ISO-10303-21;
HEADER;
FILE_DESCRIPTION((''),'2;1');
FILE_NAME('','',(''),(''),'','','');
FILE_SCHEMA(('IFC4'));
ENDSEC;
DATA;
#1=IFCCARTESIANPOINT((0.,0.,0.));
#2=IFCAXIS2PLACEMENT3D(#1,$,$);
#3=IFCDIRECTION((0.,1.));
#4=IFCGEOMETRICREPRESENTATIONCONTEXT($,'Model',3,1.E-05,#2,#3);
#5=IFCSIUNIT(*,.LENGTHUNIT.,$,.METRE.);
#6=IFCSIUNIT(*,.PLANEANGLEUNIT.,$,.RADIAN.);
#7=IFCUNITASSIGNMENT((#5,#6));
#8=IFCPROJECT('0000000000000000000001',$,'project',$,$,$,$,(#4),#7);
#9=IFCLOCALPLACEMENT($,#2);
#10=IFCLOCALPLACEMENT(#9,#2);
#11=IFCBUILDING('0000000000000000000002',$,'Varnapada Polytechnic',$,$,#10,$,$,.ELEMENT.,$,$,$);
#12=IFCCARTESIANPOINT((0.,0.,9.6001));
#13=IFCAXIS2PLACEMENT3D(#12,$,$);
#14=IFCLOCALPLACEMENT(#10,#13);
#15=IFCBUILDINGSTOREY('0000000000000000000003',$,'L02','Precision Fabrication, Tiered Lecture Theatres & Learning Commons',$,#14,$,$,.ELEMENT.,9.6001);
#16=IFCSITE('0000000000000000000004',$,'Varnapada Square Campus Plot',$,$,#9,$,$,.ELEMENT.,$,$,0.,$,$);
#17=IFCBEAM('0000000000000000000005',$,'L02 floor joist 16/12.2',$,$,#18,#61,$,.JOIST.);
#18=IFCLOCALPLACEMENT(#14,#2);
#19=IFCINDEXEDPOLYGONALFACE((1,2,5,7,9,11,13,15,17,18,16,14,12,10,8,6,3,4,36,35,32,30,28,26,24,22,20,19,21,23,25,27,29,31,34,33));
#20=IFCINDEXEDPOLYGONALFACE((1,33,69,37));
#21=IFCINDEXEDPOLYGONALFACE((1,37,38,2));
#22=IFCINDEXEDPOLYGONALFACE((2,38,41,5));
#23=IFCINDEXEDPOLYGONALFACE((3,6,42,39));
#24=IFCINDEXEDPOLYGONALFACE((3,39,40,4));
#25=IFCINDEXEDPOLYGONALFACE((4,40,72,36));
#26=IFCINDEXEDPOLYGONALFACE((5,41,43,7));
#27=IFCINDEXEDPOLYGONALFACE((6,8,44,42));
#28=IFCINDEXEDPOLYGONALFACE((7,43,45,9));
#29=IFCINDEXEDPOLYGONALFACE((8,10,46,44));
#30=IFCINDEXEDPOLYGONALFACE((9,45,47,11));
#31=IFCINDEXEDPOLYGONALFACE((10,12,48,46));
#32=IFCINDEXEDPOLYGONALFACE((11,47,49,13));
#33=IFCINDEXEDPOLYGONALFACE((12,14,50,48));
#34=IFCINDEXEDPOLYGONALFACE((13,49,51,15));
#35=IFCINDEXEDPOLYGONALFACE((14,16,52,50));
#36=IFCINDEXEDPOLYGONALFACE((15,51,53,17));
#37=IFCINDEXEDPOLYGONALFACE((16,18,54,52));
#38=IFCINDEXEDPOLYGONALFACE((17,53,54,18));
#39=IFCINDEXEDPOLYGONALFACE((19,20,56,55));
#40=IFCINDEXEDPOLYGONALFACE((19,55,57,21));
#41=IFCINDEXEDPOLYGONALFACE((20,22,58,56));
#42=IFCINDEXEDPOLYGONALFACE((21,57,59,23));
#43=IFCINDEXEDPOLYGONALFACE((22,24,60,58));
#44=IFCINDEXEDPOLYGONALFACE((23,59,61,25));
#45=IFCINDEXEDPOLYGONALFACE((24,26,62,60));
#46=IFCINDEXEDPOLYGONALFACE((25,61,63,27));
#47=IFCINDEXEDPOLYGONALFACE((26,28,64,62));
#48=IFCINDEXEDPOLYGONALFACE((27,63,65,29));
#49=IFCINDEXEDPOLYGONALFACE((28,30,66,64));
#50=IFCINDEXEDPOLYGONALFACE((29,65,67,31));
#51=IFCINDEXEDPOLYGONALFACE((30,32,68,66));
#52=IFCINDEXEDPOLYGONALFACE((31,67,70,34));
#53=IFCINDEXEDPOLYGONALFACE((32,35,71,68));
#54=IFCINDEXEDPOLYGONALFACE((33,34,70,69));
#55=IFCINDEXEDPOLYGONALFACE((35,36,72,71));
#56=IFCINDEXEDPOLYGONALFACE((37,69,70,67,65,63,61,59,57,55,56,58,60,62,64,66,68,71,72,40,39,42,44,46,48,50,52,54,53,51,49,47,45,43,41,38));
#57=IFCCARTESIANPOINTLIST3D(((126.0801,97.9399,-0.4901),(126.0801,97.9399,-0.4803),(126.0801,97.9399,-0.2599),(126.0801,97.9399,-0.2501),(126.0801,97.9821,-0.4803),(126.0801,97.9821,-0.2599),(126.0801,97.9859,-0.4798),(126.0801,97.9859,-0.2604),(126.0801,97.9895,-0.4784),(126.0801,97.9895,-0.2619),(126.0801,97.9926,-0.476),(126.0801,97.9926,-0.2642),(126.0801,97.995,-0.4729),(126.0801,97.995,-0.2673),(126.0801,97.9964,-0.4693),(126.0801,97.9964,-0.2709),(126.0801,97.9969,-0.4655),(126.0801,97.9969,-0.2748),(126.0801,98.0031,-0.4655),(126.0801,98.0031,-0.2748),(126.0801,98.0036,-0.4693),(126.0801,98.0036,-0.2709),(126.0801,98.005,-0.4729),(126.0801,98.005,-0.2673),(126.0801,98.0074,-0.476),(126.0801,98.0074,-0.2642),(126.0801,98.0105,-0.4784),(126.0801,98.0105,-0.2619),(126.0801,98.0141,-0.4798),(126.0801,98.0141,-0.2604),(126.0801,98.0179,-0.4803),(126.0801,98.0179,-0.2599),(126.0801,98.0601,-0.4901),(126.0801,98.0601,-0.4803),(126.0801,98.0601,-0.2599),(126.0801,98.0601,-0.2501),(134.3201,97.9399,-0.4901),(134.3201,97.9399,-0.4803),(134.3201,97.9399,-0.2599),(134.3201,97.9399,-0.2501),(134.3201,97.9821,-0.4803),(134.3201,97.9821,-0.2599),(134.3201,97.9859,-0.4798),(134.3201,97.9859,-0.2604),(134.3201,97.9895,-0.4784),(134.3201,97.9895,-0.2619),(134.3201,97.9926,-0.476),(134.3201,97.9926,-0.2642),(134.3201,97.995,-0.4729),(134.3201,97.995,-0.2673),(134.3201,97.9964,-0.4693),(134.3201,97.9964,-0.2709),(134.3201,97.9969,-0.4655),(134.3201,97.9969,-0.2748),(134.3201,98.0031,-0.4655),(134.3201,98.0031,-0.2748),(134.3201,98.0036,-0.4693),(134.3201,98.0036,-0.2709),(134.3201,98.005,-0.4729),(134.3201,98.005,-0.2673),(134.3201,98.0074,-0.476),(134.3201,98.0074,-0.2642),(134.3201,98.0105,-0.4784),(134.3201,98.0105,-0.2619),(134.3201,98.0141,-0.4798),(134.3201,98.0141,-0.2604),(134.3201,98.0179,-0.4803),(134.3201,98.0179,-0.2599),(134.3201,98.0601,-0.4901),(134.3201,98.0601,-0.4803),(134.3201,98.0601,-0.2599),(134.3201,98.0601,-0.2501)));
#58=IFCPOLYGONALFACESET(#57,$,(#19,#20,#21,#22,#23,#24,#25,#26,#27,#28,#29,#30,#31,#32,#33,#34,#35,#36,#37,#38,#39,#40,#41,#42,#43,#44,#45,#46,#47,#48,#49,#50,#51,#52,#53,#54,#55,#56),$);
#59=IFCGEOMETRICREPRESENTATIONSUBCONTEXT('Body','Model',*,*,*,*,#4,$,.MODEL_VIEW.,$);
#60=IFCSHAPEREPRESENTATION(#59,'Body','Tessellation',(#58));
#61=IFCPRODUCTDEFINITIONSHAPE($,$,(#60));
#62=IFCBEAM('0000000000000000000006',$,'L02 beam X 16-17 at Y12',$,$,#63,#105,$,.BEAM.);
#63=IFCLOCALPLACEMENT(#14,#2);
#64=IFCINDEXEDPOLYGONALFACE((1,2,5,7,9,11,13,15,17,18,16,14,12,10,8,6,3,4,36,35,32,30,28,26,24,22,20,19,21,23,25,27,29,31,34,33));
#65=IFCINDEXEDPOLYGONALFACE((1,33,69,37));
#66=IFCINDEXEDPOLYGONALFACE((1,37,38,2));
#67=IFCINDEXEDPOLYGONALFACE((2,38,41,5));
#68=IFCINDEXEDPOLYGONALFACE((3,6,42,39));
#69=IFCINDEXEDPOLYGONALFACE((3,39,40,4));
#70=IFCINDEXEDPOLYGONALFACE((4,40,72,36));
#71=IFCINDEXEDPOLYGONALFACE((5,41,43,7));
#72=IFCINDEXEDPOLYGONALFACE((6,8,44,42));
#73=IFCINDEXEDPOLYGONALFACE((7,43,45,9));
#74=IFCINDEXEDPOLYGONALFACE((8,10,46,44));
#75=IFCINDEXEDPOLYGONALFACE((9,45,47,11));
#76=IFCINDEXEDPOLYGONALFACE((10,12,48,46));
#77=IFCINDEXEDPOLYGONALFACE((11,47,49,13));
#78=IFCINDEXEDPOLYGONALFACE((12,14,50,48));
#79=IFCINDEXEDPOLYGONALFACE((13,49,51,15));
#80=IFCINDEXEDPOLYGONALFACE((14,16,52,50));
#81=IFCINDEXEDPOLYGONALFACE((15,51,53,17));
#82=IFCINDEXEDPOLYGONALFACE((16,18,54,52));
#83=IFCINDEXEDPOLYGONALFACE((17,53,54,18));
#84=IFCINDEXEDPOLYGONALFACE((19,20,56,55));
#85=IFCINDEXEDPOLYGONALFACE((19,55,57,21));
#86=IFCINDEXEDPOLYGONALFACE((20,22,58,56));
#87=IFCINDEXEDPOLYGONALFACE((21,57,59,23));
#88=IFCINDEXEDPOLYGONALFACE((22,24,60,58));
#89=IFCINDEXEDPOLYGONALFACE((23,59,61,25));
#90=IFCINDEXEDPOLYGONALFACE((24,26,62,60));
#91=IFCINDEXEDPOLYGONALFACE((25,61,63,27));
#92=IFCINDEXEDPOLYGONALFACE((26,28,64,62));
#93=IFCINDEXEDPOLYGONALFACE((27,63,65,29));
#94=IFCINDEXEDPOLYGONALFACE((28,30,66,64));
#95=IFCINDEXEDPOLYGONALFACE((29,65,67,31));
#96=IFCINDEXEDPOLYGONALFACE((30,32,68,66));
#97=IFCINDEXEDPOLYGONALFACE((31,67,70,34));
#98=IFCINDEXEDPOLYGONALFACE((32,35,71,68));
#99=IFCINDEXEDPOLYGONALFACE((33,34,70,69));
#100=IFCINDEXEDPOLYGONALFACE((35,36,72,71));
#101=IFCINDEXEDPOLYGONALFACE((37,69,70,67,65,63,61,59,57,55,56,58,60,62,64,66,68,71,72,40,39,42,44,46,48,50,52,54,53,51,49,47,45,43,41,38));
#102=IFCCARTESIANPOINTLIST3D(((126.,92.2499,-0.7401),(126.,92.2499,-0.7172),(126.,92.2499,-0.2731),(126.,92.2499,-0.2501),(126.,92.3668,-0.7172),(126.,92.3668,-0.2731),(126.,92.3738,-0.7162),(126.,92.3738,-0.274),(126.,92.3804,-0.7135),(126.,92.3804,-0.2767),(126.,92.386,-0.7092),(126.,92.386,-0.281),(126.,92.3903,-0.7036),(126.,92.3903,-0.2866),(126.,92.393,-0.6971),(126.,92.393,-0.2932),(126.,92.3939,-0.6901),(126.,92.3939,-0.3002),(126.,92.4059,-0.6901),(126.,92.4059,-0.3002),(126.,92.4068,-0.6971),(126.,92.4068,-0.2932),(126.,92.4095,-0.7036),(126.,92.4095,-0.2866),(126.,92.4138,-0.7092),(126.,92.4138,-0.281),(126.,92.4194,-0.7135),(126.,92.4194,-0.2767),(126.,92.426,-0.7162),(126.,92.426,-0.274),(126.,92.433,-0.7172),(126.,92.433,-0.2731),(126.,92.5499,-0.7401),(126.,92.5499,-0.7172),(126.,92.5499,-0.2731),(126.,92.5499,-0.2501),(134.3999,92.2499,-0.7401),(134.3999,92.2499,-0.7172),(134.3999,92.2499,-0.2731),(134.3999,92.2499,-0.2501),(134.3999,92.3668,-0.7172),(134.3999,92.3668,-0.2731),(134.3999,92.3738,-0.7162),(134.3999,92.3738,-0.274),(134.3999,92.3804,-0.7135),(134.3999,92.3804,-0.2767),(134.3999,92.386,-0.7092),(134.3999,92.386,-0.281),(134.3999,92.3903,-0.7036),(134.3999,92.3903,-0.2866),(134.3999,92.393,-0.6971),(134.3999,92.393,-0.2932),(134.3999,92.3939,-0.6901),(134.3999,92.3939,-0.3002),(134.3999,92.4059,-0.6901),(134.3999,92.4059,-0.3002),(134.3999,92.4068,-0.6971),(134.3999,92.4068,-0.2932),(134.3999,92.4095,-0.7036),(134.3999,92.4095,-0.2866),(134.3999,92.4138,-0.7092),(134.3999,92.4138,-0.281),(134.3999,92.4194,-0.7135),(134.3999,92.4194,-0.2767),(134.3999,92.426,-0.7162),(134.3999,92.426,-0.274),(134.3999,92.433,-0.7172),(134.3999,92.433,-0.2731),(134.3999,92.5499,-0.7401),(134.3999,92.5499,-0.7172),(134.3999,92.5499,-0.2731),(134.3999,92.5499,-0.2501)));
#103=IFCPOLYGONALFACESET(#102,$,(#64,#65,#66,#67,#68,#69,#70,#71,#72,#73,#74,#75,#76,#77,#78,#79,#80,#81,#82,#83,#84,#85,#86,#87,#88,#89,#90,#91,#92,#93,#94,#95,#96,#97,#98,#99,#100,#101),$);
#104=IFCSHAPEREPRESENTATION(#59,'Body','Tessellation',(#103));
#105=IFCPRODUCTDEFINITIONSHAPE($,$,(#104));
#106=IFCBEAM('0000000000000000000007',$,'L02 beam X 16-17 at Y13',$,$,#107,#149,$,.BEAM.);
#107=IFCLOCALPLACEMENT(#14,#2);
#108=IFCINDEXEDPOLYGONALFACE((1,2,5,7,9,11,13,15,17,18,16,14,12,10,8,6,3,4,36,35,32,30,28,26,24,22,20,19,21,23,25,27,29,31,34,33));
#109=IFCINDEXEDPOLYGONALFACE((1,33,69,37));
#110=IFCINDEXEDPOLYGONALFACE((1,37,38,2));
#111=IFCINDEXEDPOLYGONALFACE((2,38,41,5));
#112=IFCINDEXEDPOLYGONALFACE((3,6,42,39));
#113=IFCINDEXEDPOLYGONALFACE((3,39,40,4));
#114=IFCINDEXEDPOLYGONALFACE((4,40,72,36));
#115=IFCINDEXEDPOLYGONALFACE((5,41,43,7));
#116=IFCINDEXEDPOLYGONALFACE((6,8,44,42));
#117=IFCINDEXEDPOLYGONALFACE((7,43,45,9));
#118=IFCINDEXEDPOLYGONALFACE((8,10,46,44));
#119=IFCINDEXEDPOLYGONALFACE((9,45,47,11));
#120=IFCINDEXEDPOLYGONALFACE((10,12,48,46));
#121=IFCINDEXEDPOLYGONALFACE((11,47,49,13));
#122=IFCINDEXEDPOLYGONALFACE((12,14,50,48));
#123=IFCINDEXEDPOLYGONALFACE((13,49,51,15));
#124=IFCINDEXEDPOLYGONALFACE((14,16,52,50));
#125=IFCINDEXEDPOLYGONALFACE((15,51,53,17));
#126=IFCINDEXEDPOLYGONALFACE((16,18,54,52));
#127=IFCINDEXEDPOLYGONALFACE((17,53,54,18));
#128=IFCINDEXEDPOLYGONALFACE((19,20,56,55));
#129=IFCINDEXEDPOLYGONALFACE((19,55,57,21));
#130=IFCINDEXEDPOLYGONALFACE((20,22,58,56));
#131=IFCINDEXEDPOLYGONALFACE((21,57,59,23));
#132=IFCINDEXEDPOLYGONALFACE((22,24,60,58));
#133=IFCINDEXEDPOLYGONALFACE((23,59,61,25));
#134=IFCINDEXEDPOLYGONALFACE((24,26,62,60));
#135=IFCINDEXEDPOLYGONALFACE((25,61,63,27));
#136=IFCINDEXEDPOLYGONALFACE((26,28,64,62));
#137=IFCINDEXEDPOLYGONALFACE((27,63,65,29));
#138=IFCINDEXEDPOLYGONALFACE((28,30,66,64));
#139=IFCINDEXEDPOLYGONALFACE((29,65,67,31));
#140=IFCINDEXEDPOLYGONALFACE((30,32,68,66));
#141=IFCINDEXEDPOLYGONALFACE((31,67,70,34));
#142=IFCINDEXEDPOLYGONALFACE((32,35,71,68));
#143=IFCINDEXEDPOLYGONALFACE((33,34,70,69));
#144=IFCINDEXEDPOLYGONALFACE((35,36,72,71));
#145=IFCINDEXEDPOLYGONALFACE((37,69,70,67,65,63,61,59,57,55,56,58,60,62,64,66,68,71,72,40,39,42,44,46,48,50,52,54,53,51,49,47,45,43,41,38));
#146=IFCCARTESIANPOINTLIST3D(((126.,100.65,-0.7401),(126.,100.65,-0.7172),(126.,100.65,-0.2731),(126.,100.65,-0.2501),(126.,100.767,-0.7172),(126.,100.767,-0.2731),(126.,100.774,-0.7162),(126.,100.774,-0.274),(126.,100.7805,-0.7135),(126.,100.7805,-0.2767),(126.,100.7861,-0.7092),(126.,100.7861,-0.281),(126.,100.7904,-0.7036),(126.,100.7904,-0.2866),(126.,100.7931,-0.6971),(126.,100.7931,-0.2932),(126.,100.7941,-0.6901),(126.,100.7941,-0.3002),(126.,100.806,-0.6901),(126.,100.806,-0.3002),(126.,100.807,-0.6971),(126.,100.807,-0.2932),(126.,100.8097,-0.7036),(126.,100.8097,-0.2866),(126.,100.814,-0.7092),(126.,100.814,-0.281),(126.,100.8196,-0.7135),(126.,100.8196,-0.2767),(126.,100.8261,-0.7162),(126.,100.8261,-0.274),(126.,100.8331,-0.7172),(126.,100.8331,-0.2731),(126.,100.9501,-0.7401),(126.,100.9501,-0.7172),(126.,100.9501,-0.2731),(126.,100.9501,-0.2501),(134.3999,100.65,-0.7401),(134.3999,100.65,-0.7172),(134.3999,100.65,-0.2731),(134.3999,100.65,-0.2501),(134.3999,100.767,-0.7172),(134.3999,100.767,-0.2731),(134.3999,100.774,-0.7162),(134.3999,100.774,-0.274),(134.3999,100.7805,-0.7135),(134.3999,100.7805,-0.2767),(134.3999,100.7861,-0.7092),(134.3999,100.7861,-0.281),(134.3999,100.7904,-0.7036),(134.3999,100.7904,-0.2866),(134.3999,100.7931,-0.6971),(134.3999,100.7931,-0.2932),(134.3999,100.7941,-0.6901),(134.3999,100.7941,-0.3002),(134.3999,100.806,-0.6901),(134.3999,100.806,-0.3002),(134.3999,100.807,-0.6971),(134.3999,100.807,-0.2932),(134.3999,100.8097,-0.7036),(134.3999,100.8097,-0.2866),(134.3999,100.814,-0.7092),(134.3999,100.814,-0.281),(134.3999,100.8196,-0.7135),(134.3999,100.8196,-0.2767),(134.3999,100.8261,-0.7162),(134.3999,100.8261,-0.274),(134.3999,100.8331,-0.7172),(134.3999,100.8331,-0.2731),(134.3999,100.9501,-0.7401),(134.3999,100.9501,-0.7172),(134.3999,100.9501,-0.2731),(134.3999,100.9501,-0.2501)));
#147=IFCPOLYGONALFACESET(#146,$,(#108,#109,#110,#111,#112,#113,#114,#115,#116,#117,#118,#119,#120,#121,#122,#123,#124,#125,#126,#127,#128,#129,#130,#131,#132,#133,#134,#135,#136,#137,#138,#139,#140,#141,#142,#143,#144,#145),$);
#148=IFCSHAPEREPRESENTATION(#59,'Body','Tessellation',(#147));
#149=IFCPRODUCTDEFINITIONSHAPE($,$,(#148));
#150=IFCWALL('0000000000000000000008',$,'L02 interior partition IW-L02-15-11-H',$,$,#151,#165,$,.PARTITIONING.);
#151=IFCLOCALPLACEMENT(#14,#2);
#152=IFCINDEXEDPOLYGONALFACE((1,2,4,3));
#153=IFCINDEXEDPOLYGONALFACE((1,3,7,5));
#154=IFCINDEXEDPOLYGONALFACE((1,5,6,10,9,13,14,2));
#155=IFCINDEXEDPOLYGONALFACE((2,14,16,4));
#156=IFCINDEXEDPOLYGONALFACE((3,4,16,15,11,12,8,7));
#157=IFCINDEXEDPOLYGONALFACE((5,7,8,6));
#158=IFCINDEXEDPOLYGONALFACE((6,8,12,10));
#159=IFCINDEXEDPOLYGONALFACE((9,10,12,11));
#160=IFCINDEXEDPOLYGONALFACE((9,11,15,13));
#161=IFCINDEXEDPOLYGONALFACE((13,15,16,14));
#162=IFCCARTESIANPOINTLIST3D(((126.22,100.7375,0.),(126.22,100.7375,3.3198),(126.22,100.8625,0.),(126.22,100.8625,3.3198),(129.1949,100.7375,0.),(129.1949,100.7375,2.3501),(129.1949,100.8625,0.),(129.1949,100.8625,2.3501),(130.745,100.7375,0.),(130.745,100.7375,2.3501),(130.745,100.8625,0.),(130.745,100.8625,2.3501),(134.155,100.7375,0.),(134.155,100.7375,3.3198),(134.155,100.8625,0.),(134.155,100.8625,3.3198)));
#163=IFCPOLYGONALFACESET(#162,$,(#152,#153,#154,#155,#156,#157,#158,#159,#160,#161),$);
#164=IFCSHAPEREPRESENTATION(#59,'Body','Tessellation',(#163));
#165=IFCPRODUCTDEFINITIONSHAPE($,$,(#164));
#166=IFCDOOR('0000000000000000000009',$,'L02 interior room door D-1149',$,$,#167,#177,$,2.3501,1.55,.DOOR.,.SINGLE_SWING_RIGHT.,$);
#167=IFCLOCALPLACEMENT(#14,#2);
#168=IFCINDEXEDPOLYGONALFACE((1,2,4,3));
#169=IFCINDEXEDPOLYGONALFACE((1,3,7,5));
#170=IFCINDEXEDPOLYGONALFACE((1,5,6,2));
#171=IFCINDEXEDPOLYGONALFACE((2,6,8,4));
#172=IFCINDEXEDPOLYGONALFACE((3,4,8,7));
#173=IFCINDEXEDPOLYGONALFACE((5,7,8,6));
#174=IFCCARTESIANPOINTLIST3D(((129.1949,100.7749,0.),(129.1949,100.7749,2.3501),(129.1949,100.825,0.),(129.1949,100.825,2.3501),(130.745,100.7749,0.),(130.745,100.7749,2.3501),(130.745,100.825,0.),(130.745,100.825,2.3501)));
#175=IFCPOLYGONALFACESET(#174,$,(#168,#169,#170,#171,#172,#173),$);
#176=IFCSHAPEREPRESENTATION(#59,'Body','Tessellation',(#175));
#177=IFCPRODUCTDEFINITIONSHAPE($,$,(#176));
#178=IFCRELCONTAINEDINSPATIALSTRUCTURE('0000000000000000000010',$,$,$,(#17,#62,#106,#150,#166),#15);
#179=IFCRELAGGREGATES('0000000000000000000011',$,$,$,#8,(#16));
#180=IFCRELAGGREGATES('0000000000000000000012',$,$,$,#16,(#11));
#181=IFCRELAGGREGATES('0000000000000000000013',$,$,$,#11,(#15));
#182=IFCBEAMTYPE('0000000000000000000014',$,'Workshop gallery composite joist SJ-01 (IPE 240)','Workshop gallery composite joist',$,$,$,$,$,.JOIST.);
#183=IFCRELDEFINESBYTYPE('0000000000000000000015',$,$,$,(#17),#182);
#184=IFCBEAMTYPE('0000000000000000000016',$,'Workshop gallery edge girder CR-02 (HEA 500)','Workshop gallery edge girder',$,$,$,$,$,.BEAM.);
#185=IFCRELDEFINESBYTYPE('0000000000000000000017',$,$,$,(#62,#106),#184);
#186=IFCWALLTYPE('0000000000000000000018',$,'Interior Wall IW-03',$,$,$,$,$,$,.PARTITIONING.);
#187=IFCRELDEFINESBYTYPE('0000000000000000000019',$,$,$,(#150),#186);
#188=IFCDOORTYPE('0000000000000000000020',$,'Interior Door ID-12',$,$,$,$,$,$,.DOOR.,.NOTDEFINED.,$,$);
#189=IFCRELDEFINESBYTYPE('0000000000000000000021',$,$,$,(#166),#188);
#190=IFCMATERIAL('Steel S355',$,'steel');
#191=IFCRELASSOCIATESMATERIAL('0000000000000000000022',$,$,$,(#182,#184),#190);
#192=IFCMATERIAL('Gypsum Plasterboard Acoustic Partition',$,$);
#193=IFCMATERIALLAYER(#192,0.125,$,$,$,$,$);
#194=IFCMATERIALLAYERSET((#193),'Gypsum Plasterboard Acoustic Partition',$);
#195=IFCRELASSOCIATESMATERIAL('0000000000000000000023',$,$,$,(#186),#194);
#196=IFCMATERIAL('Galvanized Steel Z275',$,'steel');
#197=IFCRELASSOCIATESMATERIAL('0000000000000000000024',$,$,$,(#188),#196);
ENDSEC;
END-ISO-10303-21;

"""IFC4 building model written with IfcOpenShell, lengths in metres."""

from ifc_helpers import new_model, si_unit, direction, frame, frame_2d, origin, origin_2d, place, context, subcontext, project, spatial, rectangle, i_section, extrude, material, layer, layer_set, material_profile, profile_set, type_object, element, fill, save


model = new_model("IFC4")

# Units and contexts
model_context = context("Model", 3, precision=1e-05, world=origin(), true_north=direction((0.0, 1.0)))
body_context = subcontext(model_context, "Body", "Model", "MODEL_VIEW")
ifc_project = project(units=[si_unit("LENGTHUNIT", "METRE"), si_unit("PLANEANGLEUNIT", "RADIAN")], contexts=[model_context])

# Site, building, storey
site_placement = place(None, origin())
site = spatial("IfcSite", under=ifc_project, at=site_placement, Name="Varnapada Square Campus Plot", CompositionType="ELEMENT", RefElevation=0.0)
building_placement = place(site_placement, origin())
building = spatial("IfcBuilding", under=site, at=building_placement, Name="Varnapada Polytechnic", CompositionType="ELEMENT")
storey_placement = place(building_placement, frame((0.0, 0.0, 9.6001)))
storey = spatial("IfcBuildingStorey", under=building, at=storey_placement, Name="L02", Description="Precision Fabrication, Tiered Lecture Theatres & Learning Commons", CompositionType="ELEMENT", Elevation=9.6001)

# Beams
ifc_material_1 = material(Name="Steel S355", Category="steel")
ifc_material_profile_1 = material_profile(ifc_material_1, i_section(OverallWidth=0.1201, OverallDepth=0.24, WebThickness=0.0061, FlangeThickness=0.0098, FilletRadius=0.0149, at=origin_2d()), Name="IPE 240")
ifc_profile_set_1 = profile_set([ifc_material_profile_1], Name="Steel S355")
beam_type_1 = type_object("IfcBeamType", Name="Workshop gallery composite joist SJ-01 (IPE 240)", Description="Workshop gallery composite joist", PredefinedType="JOIST", material=ifc_profile_set_1)
for number, where, z_axis, x_axis, name in (
    (1, (126.0801, 98.0, -0.3701), (1.0, 0.0, 0.0), (0.0, 1.0, 0.0), "L02 floor joist 16/12.2"),
):
    element("IfcBeam", number, at=place(storey_placement, frame(where, z_axis=z_axis, x_axis=x_axis)), inside=storey, type_object=beam_type_1, Name=name, PredefinedType="JOIST", context=body_context, shape_type="SweptSolid", body=[
        extrude(i_section(OverallWidth=0.1201, OverallDepth=0.24, WebThickness=0.0061, FlangeThickness=0.0098, FilletRadius=0.0149, at=origin_2d()), origin(), (0.0, 0.0, 1.0), 8.24),
    ])
ifc_material_profile_2 = material_profile(ifc_material_1, i_section(OverallWidth=0.3, OverallDepth=0.49, WebThickness=0.012, FlangeThickness=0.0229, FilletRadius=0.0271, at=origin_2d()), Name="HEA 500")
ifc_profile_set_2 = profile_set([ifc_material_profile_2], Name="Steel S355")
beam_type_2 = type_object("IfcBeamType", Name="Workshop gallery edge girder CR-02 (HEA 500)", Description="Workshop gallery edge girder", PredefinedType="BEAM", material=ifc_profile_set_2)
for number, where, z_axis, x_axis, name in (
    (2, (126.0, 92.3999, -0.4951), (1.0, 0.0, 0.0), (0.0, 1.0, 0.0), "L02 beam X 16-17 at Y12"),
    (3, (126.0, 100.8, -0.4951), (1.0, 0.0, 0.0), (0.0, 1.0, 0.0), "L02 beam X 16-17 at Y13"),
):
    element("IfcBeam", number, at=place(storey_placement, frame(where, z_axis=z_axis, x_axis=x_axis)), inside=storey, type_object=beam_type_2, Name=name, PredefinedType="BEAM", context=body_context, shape_type="SweptSolid", body=[
        extrude(i_section(OverallWidth=0.3, OverallDepth=0.49, WebThickness=0.012, FlangeThickness=0.0229, FilletRadius=0.0271, at=origin_2d()), origin(), (0.0, 0.0, 1.0), 8.3999),
    ])

# Wall, opening, door
ifc_material_2 = material(Name="Gypsum Plasterboard Acoustic Partition")
ifc_layer_1 = layer(ifc_material_2, 0.125)
ifc_layer_set_1 = layer_set([ifc_layer_1], Name="Gypsum Plasterboard Acoustic Partition")
wall_type_1 = type_object("IfcWallType", Name="Interior Wall IW-03", PredefinedType="PARTITIONING", material=ifc_layer_set_1)
wall_1_placement = place(storey_placement, frame((126.22, 100.8, 0.0), z_axis=(0.0, 0.0, 1.0), x_axis=(1.0, 0.0, 0.0)))
wall_1 = element("IfcWall", 4, at=wall_1_placement, inside=storey, type_object=wall_type_1, Name="L02 interior partition IW-L02-15-11-H", PredefinedType="PARTITIONING", context=body_context, shape_type="SweptSolid", body=[
    extrude(rectangle(XDim=7.9351, YDim=0.125, at=frame_2d((3.9675, 0.0))), origin(), (0.0, 0.0, 1.0), 3.3198),
])
opening_1_placement = place(wall_1_placement, frame((2.9751, 0.0, 0.0)))
opening_1 = element("IfcOpeningElement", 5, at=opening_1_placement, cuts=wall_1, PredefinedType="OPENING", context=body_context, shape_type="SweptSolid", body=[
    extrude(rectangle(XDim=1.55, YDim=2.3501, at=frame_2d((0.7749, 1.175))), frame((0.0, 0.0725, 0.0), z_axis=(0.0, -1.0, 0.0), x_axis=(1.0, 0.0, 0.0)), (0.0, 0.0, 1.0), 0.145),
])
ifc_material_3 = material(Name="Galvanized Steel Z275", Category="steel")
door_type_1 = type_object("IfcDoorType", Name="Interior Door ID-12", OperationType="NOTDEFINED", PredefinedType="DOOR", material=ifc_material_3)
door_1_placement = place(opening_1_placement, origin())
door_1 = element("IfcDoor", 6, at=door_1_placement, inside=storey, type_object=door_type_1, Name="L02 interior room door D-1149", OperationType="SINGLE_SWING_RIGHT", OverallHeight=2.3501, OverallWidth=1.55, PredefinedType="DOOR", context=body_context, shape_type="SweptSolid", body=[
    extrude(rectangle(XDim=1.55, YDim=2.3501, at=frame_2d((0.7749, 1.175))), frame((0.0, 0.0249, 0.0), z_axis=(0.0, -1.0, 0.0), x_axis=(1.0, 0.0, 0.0)), (0.0, 0.0, 1.0), 0.05),
])
fill(opening_1, door_1)

save(model, "model.ifc")
